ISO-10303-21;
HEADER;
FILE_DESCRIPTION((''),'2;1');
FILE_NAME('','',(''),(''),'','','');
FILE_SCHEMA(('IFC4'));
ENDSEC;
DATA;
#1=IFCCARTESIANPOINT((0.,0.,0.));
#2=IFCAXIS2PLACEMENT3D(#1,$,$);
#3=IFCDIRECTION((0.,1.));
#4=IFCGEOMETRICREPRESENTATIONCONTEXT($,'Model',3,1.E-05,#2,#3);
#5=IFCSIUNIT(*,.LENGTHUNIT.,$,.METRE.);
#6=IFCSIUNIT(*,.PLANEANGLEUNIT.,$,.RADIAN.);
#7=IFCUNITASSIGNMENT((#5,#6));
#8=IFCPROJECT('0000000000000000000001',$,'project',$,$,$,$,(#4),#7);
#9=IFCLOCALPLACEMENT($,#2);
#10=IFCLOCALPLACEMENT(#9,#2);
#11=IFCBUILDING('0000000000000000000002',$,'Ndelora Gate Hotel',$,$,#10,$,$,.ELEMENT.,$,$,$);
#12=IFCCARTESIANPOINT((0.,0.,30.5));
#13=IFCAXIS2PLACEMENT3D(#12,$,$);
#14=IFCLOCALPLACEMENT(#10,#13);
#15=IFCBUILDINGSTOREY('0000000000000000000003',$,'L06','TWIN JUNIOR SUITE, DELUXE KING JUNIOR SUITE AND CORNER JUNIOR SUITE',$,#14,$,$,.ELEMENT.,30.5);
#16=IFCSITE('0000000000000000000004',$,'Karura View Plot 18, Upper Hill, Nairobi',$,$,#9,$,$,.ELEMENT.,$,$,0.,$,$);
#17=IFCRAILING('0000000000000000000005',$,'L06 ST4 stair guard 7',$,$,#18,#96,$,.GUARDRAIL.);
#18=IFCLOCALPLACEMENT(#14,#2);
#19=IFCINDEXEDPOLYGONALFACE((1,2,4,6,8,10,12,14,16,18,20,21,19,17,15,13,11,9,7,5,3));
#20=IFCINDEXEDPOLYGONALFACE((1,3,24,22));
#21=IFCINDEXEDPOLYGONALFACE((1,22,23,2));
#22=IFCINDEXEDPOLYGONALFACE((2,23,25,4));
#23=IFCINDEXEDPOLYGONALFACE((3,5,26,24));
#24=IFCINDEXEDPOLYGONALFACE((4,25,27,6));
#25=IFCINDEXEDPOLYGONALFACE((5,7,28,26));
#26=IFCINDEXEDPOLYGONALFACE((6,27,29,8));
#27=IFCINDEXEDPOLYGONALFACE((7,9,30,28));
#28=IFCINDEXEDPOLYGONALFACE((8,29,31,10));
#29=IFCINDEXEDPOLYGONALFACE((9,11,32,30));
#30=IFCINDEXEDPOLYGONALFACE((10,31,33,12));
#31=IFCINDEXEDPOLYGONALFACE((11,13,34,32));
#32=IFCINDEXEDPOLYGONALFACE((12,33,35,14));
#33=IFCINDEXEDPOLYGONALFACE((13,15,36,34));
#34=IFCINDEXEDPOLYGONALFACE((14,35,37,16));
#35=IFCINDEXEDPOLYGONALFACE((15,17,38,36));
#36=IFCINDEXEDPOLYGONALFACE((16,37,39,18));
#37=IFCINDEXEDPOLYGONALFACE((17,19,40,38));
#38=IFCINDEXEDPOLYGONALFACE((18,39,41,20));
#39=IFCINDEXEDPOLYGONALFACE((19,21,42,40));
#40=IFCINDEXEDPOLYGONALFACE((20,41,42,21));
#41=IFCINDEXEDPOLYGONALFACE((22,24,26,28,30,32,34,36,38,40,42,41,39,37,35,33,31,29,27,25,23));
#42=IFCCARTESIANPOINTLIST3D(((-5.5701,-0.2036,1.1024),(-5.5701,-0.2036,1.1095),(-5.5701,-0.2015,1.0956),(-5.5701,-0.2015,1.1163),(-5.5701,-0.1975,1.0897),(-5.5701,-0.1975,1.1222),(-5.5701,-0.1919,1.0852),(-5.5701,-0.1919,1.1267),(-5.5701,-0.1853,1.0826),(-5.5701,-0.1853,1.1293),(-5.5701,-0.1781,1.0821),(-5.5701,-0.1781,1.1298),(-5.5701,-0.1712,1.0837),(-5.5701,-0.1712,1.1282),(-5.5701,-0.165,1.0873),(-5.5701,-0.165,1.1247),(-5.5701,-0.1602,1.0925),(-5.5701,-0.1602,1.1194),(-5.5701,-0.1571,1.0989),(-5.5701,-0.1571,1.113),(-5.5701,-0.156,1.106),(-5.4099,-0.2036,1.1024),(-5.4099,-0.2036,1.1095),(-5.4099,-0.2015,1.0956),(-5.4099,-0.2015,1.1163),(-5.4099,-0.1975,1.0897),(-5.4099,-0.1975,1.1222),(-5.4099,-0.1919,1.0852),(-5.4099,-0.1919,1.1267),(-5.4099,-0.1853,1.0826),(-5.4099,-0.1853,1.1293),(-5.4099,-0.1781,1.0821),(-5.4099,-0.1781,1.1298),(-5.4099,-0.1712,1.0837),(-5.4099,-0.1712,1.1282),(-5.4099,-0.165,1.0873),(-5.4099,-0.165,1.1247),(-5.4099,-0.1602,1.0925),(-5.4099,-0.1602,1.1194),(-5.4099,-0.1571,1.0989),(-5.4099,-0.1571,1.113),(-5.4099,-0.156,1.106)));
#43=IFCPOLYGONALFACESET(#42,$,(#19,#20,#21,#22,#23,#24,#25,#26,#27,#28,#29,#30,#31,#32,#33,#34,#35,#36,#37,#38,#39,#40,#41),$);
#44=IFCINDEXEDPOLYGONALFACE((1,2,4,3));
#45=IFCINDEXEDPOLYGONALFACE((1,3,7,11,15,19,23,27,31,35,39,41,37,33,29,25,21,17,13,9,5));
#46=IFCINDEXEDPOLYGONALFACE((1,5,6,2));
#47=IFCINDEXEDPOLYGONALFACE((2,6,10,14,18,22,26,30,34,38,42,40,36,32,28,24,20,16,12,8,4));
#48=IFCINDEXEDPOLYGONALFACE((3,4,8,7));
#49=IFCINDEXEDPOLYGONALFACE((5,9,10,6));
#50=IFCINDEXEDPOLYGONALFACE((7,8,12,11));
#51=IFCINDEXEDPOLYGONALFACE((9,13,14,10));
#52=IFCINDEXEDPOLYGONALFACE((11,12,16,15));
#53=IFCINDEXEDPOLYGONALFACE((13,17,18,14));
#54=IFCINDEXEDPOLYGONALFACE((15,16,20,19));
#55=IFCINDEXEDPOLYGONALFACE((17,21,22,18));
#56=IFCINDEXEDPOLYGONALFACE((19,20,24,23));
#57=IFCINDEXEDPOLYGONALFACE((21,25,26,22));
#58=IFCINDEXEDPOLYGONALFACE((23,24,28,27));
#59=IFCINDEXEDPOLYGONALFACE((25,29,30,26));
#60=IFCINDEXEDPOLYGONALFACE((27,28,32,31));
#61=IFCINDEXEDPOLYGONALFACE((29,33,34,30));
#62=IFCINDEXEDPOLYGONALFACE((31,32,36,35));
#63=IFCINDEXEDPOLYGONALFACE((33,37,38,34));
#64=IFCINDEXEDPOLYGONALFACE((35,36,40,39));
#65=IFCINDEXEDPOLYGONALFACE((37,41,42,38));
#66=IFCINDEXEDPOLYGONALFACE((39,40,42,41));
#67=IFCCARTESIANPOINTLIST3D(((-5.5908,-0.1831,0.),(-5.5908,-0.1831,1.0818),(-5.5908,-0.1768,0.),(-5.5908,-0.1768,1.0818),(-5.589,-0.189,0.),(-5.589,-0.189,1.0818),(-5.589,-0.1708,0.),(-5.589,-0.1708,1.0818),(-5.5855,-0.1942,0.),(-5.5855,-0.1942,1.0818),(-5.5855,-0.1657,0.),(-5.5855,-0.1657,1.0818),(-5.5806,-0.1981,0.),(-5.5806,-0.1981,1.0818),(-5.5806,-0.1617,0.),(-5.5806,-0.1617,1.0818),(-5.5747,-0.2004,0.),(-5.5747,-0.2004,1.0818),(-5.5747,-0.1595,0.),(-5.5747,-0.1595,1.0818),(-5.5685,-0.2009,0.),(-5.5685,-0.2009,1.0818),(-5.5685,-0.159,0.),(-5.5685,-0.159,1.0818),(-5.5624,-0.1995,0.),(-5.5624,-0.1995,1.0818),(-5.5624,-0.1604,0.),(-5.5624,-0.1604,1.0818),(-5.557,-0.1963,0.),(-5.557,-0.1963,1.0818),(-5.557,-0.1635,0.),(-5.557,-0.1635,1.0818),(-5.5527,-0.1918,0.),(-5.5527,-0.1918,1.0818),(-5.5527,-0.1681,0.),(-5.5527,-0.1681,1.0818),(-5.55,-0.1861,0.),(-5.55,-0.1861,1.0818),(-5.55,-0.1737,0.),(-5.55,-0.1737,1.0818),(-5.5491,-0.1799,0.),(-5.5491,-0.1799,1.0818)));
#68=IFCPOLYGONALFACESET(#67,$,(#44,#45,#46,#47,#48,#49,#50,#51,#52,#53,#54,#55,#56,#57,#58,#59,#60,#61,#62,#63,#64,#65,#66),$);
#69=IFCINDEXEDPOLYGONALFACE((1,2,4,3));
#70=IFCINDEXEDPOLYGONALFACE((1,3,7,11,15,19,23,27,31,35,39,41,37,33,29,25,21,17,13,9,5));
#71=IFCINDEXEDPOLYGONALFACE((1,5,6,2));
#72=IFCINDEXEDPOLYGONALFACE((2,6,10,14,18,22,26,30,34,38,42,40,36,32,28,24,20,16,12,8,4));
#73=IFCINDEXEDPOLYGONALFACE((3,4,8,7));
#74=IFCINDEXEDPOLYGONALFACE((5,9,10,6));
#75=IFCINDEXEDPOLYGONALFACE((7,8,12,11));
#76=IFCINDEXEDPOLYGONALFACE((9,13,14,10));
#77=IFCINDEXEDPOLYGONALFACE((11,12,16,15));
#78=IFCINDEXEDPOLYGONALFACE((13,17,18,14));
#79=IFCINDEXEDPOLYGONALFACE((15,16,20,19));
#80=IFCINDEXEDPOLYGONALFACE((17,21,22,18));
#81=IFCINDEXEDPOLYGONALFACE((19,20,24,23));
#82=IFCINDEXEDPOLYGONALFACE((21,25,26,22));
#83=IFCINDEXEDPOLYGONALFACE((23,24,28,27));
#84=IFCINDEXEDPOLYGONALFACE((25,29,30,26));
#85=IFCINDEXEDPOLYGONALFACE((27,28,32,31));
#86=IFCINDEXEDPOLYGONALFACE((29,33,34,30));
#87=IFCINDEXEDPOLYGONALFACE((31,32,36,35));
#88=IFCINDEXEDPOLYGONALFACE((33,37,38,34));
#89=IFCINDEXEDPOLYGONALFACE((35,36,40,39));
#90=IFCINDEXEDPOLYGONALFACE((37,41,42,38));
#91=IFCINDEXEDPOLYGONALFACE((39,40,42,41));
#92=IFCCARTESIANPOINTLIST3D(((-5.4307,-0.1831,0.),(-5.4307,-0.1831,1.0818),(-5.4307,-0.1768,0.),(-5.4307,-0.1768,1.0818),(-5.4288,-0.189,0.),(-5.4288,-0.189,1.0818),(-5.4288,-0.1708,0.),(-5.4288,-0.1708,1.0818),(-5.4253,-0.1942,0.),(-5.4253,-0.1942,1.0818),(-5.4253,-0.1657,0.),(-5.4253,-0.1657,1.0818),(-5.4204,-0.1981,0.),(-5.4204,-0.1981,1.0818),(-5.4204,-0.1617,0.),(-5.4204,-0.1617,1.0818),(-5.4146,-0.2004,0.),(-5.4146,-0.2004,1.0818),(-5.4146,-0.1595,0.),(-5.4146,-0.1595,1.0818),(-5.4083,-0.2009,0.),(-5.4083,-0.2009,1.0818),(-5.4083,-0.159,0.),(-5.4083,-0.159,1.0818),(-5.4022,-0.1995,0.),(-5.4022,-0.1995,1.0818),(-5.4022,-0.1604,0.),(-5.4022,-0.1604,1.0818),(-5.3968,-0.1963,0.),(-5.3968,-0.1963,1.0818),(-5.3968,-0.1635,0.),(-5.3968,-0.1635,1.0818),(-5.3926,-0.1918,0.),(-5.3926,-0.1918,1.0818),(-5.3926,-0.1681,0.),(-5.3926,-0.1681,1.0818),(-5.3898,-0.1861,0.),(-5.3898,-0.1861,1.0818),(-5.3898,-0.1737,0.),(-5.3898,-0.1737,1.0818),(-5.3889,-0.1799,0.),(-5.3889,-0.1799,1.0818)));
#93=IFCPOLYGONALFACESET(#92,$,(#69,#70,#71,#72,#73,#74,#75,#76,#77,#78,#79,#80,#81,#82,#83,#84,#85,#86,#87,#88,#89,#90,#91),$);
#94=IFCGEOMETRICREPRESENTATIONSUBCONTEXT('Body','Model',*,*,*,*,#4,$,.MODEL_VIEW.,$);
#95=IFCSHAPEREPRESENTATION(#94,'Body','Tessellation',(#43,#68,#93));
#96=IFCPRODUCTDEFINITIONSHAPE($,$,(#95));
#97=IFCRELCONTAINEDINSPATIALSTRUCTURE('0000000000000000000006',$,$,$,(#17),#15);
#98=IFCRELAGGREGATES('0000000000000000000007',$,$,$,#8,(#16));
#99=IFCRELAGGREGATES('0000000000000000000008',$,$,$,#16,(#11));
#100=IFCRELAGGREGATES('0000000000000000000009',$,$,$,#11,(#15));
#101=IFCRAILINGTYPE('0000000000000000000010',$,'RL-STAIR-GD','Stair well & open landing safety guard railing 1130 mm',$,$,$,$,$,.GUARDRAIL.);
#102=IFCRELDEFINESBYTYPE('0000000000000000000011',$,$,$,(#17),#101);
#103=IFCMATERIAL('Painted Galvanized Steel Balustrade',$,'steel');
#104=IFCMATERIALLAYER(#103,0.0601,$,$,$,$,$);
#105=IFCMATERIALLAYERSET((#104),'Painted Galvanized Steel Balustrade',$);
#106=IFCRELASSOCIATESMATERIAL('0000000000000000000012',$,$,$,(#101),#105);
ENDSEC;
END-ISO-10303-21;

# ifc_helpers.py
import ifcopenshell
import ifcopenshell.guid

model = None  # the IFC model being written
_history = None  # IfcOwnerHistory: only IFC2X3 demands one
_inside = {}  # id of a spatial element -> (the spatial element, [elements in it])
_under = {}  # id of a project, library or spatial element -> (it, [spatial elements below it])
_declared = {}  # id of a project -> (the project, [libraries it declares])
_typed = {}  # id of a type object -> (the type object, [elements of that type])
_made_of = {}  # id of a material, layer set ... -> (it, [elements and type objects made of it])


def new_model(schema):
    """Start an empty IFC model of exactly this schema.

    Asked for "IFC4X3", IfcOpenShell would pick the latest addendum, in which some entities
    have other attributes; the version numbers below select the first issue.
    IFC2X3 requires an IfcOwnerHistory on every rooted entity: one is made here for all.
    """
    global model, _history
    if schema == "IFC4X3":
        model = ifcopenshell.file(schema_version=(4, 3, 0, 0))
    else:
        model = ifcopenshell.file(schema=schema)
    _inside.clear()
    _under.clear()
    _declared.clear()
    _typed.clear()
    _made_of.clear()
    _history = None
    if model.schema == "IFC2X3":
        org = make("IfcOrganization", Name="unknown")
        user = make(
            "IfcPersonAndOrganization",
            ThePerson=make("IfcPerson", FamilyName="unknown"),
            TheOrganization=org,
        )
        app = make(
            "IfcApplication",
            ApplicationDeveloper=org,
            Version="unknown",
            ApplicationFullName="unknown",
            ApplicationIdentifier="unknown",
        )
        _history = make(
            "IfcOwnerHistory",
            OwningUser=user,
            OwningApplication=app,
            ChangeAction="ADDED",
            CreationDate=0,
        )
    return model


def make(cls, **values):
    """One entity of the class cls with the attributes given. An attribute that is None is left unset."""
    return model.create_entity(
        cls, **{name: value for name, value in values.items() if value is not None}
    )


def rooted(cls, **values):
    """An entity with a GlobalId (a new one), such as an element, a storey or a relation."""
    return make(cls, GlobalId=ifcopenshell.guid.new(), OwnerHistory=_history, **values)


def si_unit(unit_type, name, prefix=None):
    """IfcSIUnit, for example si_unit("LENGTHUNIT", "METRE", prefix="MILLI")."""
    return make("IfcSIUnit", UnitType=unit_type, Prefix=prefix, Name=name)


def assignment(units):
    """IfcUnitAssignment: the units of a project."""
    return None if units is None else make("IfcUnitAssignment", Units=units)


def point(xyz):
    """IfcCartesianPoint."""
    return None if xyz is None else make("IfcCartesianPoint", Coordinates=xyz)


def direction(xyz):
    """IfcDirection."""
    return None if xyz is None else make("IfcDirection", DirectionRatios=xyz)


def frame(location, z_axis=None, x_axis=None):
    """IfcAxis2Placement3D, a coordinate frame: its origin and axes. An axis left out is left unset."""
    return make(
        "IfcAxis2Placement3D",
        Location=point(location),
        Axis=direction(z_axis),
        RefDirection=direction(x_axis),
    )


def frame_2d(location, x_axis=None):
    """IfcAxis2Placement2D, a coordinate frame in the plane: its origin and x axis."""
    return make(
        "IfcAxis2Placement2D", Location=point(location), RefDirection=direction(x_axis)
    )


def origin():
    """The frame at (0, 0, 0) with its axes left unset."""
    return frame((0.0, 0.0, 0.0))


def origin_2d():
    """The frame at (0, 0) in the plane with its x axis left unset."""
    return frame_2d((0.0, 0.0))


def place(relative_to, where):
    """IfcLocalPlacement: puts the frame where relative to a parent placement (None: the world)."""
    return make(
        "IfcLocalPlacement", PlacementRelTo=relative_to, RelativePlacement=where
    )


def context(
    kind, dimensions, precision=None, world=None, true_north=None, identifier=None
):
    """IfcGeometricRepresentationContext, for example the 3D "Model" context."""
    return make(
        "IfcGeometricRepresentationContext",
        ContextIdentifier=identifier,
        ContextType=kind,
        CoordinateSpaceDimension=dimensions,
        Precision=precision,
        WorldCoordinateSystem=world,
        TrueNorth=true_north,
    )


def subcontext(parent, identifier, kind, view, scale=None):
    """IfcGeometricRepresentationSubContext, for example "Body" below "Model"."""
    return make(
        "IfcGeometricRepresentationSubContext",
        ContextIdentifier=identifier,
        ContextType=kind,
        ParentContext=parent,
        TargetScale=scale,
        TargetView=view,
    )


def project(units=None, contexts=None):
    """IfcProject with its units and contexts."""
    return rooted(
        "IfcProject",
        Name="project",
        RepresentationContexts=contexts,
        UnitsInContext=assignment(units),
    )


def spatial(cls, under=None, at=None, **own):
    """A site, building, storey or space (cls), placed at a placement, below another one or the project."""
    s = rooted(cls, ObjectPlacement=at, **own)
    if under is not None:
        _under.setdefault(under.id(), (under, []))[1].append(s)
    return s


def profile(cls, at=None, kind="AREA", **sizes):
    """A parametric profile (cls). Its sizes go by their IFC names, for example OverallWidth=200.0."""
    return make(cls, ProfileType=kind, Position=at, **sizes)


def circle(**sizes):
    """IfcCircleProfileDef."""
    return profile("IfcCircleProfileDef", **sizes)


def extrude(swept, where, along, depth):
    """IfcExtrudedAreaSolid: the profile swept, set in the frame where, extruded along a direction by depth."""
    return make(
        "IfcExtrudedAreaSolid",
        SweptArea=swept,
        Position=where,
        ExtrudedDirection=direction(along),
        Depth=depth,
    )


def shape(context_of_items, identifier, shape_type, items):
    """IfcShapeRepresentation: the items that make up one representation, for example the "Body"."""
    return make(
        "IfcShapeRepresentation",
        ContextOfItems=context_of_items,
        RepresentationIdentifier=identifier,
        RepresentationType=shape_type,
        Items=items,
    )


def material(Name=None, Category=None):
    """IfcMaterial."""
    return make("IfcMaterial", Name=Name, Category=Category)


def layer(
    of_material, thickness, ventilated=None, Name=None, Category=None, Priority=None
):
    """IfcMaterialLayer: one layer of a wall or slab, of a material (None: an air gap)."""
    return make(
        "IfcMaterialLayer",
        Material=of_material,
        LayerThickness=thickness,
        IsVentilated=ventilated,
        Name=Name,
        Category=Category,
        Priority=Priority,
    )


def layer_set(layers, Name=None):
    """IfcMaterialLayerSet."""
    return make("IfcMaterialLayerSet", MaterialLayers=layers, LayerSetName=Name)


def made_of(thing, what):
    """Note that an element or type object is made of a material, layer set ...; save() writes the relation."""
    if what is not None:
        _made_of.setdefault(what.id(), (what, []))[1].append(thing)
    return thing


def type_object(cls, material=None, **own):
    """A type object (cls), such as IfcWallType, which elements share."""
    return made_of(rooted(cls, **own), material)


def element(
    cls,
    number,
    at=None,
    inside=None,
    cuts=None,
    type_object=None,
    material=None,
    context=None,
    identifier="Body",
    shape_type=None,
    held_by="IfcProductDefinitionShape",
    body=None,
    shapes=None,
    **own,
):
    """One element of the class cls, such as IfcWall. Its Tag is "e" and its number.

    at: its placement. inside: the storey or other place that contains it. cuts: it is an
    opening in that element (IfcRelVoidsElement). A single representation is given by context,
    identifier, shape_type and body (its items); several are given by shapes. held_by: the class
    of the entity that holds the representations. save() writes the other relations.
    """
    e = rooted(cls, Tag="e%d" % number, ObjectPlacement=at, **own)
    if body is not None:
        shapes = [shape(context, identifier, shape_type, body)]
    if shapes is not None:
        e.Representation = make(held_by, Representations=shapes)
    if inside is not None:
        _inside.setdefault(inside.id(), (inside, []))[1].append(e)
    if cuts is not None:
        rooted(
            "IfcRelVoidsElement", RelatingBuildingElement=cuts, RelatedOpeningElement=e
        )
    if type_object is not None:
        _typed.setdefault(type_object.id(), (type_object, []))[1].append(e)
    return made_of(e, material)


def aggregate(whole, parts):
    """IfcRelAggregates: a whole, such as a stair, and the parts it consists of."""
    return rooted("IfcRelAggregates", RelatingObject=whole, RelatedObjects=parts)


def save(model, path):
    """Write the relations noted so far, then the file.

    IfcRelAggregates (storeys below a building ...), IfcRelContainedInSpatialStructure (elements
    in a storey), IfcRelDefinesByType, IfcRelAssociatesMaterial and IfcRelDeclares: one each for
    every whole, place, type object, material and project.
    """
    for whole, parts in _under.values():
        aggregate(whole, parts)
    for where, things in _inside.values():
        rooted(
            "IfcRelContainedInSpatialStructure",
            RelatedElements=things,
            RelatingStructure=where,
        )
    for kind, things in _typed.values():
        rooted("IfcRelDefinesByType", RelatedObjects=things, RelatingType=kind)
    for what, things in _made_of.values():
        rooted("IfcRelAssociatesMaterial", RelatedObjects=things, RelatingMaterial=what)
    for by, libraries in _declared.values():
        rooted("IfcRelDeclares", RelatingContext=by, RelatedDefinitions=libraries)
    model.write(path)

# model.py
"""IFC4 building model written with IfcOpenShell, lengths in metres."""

from ifc_helpers import new_model, si_unit, direction, frame, origin, origin_2d, place, context, subcontext, project, spatial, circle, extrude, material, layer, layer_set, type_object, element, save


model = new_model("IFC4")

# Units and contexts
model_context = context("Model", 3, precision=1e-05, world=origin(), true_north=direction((0.0, 1.0)))
body_context = subcontext(model_context, "Body", "Model", "MODEL_VIEW")
ifc_project = project(units=[si_unit("LENGTHUNIT", "METRE"), si_unit("PLANEANGLEUNIT", "RADIAN")], contexts=[model_context])

# Site, building, storey
site_placement = place(None, origin())
site = spatial("IfcSite", under=ifc_project, at=site_placement, Name="Karura View Plot 18, Upper Hill, Nairobi", CompositionType="ELEMENT", RefElevation=0.0)
building_placement = place(site_placement, origin())
building = spatial("IfcBuilding", under=site, at=building_placement, Name="Ndelora Gate Hotel", CompositionType="ELEMENT")
storey_placement = place(building_placement, frame((0.0, 0.0, 30.5)))
storey = spatial("IfcBuildingStorey", under=building, at=storey_placement, Name="L06", Description="TWIN JUNIOR SUITE, DELUXE KING JUNIOR SUITE AND CORNER JUNIOR SUITE", CompositionType="ELEMENT", Elevation=30.5)

# Railing
ifc_material_1 = material(Name="Painted Galvanized Steel Balustrade", Category="steel")
ifc_layer_1 = layer(ifc_material_1, 0.0601)
ifc_layer_set_1 = layer_set([ifc_layer_1], Name="Painted Galvanized Steel Balustrade")
railing_type_1 = type_object("IfcRailingType", Name="RL-STAIR-GD", Description="Stair well & open landing safety guard railing 1130 mm", PredefinedType="GUARDRAIL", material=ifc_layer_set_1)
railing_1_placement = place(storey_placement, frame((-5.5701, -0.1799, 0.0)))
element("IfcRailing", 1, at=railing_1_placement, inside=storey, type_object=railing_type_1, Name="L06 ST4 stair guard 7", PredefinedType="GUARDRAIL", context=body_context, shape_type="SweptSolid", body=[
    extrude(circle(Radius=0.0239, at=origin_2d()), frame((0.0, 0.0, 1.106), z_axis=(1.0, 0.0, 0.0), x_axis=(0.0, 1.0, 0.0)), (0.0, 0.0, 1.0), 0.1602),
    extrude(circle(Radius=0.021, at=origin_2d()), origin(), (0.0, 0.0, 1.0), 1.0818),
    extrude(circle(Radius=0.021, at=origin_2d()), frame((0.1602, 0.0, 0.0)), (0.0, 0.0, 1.0), 1.0818),
])

save(model, "model.ifc")
